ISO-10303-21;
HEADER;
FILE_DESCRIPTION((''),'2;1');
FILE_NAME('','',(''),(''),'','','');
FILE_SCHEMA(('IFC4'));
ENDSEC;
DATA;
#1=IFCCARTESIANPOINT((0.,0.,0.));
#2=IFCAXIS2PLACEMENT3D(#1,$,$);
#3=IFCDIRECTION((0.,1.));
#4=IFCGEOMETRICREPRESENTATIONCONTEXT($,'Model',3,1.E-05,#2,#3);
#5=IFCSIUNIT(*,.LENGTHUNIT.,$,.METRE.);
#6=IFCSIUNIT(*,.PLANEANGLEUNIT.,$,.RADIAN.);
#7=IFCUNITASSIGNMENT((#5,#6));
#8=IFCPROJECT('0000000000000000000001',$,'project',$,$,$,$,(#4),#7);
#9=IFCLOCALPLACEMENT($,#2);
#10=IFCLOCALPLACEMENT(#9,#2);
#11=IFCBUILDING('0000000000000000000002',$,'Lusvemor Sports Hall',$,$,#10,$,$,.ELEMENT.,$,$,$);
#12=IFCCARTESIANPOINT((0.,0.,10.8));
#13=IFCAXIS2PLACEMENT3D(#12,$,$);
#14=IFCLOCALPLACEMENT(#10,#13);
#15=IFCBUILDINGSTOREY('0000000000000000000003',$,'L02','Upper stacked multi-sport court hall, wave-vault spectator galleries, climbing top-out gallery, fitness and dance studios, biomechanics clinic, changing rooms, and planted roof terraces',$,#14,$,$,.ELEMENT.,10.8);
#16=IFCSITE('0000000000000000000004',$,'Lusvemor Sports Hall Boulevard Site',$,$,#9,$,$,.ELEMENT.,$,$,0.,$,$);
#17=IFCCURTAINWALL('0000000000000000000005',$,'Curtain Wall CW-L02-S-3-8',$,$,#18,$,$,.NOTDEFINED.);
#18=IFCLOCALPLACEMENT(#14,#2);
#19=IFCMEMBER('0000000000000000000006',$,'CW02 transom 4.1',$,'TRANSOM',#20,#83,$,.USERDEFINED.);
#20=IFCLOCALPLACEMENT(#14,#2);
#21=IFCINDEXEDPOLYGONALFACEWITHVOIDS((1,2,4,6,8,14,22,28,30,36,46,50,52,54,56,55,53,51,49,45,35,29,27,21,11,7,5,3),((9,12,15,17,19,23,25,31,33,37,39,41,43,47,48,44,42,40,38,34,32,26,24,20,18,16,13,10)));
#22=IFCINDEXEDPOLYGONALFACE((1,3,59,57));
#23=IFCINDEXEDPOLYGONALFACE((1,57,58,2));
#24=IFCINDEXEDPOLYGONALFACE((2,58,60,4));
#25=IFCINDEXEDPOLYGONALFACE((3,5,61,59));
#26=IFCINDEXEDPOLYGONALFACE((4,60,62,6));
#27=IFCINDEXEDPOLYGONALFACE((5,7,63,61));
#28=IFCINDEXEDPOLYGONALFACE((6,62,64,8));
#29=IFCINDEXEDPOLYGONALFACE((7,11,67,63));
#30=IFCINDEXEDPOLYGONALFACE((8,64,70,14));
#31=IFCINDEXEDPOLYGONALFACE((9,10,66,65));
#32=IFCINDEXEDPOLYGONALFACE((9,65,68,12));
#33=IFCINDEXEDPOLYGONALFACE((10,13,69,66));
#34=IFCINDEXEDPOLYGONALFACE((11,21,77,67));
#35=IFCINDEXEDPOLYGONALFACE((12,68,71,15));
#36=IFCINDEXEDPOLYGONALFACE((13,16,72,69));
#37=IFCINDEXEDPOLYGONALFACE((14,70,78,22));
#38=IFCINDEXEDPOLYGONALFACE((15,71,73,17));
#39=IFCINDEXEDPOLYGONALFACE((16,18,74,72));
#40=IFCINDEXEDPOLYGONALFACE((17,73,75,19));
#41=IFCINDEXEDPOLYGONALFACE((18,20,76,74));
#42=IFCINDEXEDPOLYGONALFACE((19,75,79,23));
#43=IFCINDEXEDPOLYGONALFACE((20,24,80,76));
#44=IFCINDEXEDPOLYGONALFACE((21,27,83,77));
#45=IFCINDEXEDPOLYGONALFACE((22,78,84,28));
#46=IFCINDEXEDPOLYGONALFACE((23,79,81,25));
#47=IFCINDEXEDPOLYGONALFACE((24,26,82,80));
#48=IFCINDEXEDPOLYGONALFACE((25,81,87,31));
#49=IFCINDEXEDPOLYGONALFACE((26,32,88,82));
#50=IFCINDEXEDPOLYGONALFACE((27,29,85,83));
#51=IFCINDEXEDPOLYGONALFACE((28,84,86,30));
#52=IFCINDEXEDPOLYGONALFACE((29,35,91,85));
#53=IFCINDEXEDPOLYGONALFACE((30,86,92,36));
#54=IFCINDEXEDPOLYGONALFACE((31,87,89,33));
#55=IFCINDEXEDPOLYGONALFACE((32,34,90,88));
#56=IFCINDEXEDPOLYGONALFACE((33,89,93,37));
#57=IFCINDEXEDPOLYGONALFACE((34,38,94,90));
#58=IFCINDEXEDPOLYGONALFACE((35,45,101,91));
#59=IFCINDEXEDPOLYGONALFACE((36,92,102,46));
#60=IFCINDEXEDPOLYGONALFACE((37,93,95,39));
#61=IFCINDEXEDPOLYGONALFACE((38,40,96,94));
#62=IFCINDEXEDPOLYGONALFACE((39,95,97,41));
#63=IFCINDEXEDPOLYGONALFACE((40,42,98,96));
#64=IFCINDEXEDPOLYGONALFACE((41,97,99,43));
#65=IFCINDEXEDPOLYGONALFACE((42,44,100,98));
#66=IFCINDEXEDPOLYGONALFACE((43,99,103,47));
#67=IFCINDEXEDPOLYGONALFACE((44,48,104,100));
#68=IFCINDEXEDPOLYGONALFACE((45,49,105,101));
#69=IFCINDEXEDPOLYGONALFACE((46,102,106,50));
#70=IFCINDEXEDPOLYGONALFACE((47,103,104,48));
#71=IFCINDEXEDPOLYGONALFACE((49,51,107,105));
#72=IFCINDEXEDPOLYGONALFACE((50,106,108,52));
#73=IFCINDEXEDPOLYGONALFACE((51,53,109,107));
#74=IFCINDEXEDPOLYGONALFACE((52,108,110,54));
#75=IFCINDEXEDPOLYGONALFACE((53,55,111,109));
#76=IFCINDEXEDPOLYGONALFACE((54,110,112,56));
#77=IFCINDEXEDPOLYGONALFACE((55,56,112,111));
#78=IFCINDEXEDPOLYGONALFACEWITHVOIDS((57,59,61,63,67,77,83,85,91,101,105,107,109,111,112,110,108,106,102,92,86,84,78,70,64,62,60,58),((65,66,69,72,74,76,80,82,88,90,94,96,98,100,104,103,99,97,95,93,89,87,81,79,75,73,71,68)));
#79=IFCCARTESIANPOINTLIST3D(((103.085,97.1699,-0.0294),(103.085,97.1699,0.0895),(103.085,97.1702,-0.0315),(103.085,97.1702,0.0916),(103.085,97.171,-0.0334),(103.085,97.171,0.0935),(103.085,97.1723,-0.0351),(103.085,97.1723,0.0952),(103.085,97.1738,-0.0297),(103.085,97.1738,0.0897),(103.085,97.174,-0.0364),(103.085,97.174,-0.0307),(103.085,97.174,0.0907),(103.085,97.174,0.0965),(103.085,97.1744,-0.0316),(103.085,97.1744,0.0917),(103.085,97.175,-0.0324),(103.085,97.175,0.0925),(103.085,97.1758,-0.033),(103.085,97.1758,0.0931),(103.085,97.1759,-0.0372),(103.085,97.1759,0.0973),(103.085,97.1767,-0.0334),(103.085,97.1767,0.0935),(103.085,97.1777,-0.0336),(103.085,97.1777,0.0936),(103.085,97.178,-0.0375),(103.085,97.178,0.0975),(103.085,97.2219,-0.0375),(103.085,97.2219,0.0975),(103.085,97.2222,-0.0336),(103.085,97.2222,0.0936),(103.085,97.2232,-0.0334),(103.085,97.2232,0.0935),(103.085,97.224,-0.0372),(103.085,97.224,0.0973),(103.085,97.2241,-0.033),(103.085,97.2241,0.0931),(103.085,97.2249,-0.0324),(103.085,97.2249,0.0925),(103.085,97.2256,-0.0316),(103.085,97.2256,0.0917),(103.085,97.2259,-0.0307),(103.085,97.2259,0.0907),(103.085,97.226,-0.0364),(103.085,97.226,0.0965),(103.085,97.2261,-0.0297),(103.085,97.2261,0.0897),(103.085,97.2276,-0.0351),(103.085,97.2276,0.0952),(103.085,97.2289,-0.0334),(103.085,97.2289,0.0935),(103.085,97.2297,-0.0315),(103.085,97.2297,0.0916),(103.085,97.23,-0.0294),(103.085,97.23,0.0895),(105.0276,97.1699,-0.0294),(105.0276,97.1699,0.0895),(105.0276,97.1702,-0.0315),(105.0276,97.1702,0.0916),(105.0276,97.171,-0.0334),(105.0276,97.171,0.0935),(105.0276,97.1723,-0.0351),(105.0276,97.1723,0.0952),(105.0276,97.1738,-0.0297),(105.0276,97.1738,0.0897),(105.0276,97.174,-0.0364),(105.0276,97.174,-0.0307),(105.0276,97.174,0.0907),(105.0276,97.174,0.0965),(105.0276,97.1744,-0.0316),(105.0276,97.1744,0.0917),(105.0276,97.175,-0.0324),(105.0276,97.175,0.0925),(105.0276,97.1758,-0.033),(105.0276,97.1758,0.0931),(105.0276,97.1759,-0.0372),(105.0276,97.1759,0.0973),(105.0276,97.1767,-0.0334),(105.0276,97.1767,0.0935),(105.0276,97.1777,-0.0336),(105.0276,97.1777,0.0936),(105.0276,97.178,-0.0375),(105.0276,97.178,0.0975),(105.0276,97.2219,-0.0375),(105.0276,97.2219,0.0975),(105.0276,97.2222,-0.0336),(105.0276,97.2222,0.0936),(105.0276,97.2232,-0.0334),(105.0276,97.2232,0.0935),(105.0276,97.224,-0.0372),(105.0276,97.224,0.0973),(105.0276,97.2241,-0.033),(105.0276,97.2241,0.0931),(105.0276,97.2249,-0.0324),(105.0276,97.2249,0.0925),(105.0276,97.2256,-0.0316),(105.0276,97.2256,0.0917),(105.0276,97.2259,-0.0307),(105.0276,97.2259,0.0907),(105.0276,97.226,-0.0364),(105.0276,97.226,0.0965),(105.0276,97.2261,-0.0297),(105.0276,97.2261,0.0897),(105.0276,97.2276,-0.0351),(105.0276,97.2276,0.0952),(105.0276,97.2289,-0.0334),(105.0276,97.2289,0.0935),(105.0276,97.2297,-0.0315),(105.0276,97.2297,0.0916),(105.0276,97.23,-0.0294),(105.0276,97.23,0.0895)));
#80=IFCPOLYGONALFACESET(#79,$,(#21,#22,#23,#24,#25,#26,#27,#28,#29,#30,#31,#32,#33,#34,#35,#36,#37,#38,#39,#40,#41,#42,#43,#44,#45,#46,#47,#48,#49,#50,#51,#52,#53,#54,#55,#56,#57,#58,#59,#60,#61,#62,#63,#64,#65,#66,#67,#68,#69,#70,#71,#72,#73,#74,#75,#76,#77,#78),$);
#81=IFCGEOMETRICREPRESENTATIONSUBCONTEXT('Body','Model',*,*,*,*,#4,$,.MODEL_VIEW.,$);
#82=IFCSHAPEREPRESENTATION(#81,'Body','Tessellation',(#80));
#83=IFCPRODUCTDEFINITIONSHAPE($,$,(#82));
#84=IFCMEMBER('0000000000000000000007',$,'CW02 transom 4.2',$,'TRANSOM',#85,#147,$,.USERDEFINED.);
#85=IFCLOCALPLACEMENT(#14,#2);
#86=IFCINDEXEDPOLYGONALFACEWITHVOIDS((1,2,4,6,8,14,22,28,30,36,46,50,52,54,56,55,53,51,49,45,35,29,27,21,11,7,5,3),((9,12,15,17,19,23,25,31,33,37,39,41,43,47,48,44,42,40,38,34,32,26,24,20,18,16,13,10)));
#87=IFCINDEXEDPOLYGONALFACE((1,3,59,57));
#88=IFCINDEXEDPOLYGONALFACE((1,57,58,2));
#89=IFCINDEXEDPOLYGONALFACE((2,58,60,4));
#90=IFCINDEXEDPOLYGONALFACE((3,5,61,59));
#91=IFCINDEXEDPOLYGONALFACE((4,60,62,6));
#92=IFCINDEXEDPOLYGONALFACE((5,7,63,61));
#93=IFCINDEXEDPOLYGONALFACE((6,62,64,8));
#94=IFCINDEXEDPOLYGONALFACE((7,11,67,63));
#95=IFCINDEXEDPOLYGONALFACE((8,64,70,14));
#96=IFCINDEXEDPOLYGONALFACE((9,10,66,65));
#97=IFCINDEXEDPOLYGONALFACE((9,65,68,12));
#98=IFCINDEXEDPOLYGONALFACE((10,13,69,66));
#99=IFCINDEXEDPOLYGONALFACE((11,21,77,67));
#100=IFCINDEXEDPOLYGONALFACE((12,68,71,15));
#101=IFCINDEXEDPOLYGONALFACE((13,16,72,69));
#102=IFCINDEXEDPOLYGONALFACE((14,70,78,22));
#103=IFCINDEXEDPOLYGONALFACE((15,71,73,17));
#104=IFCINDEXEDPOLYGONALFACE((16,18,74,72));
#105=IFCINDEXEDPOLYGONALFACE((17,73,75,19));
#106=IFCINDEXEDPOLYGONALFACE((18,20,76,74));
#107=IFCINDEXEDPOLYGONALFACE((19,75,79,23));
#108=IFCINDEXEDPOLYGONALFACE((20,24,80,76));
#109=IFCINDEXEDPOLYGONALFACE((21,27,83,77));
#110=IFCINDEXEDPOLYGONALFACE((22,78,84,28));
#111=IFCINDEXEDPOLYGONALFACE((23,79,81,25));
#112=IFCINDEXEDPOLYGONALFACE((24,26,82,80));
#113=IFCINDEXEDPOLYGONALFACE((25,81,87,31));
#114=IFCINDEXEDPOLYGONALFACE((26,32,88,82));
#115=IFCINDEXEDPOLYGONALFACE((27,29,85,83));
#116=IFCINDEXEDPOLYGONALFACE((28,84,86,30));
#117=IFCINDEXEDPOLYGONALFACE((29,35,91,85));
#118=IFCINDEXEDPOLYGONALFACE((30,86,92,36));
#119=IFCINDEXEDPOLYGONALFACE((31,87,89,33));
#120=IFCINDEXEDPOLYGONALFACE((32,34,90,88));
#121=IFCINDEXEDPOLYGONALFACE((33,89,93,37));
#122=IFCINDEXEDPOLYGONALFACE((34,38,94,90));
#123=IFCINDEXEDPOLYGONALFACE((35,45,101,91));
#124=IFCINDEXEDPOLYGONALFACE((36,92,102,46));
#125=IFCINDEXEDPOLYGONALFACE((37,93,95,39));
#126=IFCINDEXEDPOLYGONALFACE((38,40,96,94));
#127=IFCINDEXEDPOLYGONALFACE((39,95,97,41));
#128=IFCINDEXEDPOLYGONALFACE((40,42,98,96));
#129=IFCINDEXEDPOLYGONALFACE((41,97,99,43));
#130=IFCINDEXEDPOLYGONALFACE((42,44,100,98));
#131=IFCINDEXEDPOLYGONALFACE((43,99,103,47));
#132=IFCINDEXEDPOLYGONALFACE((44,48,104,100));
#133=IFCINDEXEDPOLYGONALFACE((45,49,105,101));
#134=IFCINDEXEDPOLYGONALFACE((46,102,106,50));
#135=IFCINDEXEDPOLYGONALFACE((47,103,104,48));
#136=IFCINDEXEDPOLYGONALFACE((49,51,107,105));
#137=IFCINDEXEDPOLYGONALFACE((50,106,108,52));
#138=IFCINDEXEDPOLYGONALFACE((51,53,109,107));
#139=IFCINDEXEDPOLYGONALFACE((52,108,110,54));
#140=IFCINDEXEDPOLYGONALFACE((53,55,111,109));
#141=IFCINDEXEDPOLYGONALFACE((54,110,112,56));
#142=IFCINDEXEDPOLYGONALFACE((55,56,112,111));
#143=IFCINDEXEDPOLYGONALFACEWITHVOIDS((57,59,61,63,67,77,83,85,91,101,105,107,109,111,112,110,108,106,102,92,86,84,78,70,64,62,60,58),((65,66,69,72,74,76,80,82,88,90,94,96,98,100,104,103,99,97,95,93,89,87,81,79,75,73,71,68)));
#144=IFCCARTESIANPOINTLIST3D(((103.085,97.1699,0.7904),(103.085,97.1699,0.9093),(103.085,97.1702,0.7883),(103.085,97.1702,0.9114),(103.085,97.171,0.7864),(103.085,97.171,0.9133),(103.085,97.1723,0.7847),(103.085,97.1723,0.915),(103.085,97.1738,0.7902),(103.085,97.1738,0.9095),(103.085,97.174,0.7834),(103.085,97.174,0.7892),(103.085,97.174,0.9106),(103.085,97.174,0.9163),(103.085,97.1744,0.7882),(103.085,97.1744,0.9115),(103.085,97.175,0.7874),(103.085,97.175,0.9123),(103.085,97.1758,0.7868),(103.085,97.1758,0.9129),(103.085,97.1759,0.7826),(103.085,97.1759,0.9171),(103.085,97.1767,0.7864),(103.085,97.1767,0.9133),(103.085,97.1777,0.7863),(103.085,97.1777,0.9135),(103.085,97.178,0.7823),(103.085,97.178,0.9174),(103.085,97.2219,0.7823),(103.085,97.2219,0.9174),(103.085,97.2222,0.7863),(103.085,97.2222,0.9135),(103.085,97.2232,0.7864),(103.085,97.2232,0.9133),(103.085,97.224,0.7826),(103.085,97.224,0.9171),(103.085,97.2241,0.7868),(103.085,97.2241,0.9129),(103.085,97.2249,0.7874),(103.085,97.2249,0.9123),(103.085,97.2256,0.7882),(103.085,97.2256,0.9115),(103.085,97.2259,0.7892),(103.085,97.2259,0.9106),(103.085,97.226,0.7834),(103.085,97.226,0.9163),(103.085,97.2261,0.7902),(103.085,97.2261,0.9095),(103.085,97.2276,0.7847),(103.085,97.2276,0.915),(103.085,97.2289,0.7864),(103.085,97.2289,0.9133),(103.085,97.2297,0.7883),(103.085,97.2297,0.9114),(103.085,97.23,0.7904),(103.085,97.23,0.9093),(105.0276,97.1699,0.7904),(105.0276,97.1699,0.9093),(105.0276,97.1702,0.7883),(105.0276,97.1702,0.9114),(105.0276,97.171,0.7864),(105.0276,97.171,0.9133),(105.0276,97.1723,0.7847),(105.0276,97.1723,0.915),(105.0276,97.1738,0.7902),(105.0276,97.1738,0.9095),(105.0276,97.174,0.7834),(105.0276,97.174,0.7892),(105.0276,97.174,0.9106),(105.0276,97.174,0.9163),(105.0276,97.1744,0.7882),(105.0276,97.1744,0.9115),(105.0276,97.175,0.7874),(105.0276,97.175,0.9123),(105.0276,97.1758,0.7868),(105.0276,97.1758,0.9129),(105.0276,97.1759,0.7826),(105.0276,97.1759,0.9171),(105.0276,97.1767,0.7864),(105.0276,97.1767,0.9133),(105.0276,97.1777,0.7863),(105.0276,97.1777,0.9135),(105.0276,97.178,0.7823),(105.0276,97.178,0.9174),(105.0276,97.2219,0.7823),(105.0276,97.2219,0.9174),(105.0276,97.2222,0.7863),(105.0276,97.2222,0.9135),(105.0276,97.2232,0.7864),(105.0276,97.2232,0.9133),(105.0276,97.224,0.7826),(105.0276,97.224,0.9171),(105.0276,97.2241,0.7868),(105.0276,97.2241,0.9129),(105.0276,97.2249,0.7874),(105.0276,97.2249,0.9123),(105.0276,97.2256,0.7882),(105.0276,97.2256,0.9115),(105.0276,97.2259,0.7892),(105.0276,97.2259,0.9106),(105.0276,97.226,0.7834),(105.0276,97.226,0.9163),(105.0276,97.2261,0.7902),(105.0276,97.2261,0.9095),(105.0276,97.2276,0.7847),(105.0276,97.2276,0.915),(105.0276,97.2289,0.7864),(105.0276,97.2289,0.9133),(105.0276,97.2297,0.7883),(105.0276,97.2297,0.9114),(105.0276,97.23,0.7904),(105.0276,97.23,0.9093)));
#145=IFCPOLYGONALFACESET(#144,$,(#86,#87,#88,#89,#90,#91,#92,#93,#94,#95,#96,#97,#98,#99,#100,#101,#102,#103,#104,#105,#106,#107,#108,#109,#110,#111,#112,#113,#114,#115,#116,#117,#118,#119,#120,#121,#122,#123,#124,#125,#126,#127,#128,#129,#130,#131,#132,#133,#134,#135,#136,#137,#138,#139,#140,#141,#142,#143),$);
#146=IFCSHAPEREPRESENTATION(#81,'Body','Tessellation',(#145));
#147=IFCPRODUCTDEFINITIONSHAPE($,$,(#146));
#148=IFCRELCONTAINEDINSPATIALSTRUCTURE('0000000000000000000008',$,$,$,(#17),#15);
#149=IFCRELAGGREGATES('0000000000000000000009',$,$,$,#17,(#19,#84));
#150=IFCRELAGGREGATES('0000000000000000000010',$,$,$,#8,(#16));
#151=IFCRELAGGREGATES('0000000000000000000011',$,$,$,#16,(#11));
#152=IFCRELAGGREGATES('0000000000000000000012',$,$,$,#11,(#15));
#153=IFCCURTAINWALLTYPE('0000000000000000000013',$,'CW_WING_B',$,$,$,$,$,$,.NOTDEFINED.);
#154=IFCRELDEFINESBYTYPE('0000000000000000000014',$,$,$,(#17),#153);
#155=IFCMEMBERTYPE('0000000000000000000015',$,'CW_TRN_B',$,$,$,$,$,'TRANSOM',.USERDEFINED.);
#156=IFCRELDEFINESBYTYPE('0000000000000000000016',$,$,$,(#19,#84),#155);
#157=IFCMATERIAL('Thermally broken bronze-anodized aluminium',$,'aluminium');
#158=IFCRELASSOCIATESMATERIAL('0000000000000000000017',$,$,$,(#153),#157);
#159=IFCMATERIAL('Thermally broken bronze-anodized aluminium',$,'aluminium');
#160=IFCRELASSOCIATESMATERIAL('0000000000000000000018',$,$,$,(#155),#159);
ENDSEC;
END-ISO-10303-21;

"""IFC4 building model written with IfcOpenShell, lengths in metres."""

from ifc_helpers import new_model, si_unit, direction, frame, origin, origin_2d, place, context, subcontext, project, spatial, hollow_rectangle, extrude, material, material_profile, profile_set, type_object, element, aggregate, save


model = new_model("IFC4")

# Units and contexts
model_context = context("Model", 3, precision=1e-05, world=origin(), true_north=direction((0.0, 1.0)))
body_context = subcontext(model_context, "Body", "Model", "MODEL_VIEW")
ifc_project = project(units=[si_unit("LENGTHUNIT", "METRE"), si_unit("PLANEANGLEUNIT", "RADIAN")], contexts=[model_context])

# Site, building, storey
site_placement = place(None, origin())
site = spatial("IfcSite", under=ifc_project, at=site_placement, Name="Lusvemor Sports Hall Boulevard Site", CompositionType="ELEMENT", RefElevation=0.0)
building_placement = place(site_placement, origin())
building = spatial("IfcBuilding", under=site, at=building_placement, Name="Lusvemor Sports Hall", CompositionType="ELEMENT")
storey_placement = place(building_placement, frame((0.0, 0.0, 10.8)))
storey = spatial("IfcBuildingStorey", under=building, at=storey_placement, Name="L02", Description="Upper stacked multi-sport court hall, wave-vault spectator galleries, climbing top-out gallery, fitness and dance studios, biomechanics clinic, changing rooms, and planted roof terraces", CompositionType="ELEMENT", Elevation=10.8)

# Curtain wall, members
ifc_material_1 = material(Name="Thermally broken bronze-anodized aluminium", Category="aluminium")
curtain_wall_type = type_object("IfcCurtainWallType", Name="CW_WING_B", PredefinedType="NOTDEFINED", material=ifc_material_1)
curtain_wall_placement = place(storey_placement, origin())
curtain_wall = element("IfcCurtainWall", 1, at=curtain_wall_placement, inside=storey, type_object=curtain_wall_type, Name="Curtain Wall CW-L02-S-3-8", PredefinedType="NOTDEFINED")
ifc_material_2 = material(Name="Thermally broken bronze-anodized aluminium", Category="aluminium")
ifc_material_profile_1 = material_profile(ifc_material_2, hollow_rectangle(XDim=0.0601, YDim=0.135, WallThickness=0.0039, InnerFilletRadius=0.0039, OuterFilletRadius=0.0081, at=origin_2d()), Name="CWTRN135x60x4")
ifc_profile_set_1 = profile_set([ifc_material_profile_1], Name="Thermally broken bronze-anodized aluminium")
member_type_1 = type_object("IfcMemberType", Name="CW_TRN_B", ElementType="TRANSOM", PredefinedType="USERDEFINED", material=ifc_profile_set_1)
member_1_placement = place(storey_placement, frame((105.0276, 97.2, 0.03), z_axis=(-1.0, 0.0, 0.0), x_axis=(0.0, -1.0, 0.0)))
member_1 = element("IfcMember", 2, at=member_1_placement, type_object=member_type_1, Name="CW02 transom 4.1", ObjectType="TRANSOM", PredefinedType="USERDEFINED", context=body_context, shape_type="SweptSolid", body=[
    extrude(hollow_rectangle(XDim=0.0601, YDim=0.135, WallThickness=0.0039, InnerFilletRadius=0.0039, OuterFilletRadius=0.0081, at=origin_2d()), origin(), (0.0, 0.0, 1.0), 1.9426),
])
member_2_placement = place(storey_placement, frame((105.0276, 97.2, 0.8499), z_axis=(-1.0, 0.0, 0.0), x_axis=(0.0, -1.0, 0.0)))
member_2 = element("IfcMember", 3, at=member_2_placement, type_object=member_type_1, Name="CW02 transom 4.2", ObjectType="TRANSOM", PredefinedType="USERDEFINED", context=body_context, shape_type="SweptSolid", body=[
    extrude(hollow_rectangle(XDim=0.0601, YDim=0.135, WallThickness=0.0039, InnerFilletRadius=0.0039, OuterFilletRadius=0.0081, at=origin_2d()), origin(), (0.0, 0.0, 1.0), 1.9426),
])

aggregate(curtain_wall, [member_1, member_2])

save(model, "model.ifc")
